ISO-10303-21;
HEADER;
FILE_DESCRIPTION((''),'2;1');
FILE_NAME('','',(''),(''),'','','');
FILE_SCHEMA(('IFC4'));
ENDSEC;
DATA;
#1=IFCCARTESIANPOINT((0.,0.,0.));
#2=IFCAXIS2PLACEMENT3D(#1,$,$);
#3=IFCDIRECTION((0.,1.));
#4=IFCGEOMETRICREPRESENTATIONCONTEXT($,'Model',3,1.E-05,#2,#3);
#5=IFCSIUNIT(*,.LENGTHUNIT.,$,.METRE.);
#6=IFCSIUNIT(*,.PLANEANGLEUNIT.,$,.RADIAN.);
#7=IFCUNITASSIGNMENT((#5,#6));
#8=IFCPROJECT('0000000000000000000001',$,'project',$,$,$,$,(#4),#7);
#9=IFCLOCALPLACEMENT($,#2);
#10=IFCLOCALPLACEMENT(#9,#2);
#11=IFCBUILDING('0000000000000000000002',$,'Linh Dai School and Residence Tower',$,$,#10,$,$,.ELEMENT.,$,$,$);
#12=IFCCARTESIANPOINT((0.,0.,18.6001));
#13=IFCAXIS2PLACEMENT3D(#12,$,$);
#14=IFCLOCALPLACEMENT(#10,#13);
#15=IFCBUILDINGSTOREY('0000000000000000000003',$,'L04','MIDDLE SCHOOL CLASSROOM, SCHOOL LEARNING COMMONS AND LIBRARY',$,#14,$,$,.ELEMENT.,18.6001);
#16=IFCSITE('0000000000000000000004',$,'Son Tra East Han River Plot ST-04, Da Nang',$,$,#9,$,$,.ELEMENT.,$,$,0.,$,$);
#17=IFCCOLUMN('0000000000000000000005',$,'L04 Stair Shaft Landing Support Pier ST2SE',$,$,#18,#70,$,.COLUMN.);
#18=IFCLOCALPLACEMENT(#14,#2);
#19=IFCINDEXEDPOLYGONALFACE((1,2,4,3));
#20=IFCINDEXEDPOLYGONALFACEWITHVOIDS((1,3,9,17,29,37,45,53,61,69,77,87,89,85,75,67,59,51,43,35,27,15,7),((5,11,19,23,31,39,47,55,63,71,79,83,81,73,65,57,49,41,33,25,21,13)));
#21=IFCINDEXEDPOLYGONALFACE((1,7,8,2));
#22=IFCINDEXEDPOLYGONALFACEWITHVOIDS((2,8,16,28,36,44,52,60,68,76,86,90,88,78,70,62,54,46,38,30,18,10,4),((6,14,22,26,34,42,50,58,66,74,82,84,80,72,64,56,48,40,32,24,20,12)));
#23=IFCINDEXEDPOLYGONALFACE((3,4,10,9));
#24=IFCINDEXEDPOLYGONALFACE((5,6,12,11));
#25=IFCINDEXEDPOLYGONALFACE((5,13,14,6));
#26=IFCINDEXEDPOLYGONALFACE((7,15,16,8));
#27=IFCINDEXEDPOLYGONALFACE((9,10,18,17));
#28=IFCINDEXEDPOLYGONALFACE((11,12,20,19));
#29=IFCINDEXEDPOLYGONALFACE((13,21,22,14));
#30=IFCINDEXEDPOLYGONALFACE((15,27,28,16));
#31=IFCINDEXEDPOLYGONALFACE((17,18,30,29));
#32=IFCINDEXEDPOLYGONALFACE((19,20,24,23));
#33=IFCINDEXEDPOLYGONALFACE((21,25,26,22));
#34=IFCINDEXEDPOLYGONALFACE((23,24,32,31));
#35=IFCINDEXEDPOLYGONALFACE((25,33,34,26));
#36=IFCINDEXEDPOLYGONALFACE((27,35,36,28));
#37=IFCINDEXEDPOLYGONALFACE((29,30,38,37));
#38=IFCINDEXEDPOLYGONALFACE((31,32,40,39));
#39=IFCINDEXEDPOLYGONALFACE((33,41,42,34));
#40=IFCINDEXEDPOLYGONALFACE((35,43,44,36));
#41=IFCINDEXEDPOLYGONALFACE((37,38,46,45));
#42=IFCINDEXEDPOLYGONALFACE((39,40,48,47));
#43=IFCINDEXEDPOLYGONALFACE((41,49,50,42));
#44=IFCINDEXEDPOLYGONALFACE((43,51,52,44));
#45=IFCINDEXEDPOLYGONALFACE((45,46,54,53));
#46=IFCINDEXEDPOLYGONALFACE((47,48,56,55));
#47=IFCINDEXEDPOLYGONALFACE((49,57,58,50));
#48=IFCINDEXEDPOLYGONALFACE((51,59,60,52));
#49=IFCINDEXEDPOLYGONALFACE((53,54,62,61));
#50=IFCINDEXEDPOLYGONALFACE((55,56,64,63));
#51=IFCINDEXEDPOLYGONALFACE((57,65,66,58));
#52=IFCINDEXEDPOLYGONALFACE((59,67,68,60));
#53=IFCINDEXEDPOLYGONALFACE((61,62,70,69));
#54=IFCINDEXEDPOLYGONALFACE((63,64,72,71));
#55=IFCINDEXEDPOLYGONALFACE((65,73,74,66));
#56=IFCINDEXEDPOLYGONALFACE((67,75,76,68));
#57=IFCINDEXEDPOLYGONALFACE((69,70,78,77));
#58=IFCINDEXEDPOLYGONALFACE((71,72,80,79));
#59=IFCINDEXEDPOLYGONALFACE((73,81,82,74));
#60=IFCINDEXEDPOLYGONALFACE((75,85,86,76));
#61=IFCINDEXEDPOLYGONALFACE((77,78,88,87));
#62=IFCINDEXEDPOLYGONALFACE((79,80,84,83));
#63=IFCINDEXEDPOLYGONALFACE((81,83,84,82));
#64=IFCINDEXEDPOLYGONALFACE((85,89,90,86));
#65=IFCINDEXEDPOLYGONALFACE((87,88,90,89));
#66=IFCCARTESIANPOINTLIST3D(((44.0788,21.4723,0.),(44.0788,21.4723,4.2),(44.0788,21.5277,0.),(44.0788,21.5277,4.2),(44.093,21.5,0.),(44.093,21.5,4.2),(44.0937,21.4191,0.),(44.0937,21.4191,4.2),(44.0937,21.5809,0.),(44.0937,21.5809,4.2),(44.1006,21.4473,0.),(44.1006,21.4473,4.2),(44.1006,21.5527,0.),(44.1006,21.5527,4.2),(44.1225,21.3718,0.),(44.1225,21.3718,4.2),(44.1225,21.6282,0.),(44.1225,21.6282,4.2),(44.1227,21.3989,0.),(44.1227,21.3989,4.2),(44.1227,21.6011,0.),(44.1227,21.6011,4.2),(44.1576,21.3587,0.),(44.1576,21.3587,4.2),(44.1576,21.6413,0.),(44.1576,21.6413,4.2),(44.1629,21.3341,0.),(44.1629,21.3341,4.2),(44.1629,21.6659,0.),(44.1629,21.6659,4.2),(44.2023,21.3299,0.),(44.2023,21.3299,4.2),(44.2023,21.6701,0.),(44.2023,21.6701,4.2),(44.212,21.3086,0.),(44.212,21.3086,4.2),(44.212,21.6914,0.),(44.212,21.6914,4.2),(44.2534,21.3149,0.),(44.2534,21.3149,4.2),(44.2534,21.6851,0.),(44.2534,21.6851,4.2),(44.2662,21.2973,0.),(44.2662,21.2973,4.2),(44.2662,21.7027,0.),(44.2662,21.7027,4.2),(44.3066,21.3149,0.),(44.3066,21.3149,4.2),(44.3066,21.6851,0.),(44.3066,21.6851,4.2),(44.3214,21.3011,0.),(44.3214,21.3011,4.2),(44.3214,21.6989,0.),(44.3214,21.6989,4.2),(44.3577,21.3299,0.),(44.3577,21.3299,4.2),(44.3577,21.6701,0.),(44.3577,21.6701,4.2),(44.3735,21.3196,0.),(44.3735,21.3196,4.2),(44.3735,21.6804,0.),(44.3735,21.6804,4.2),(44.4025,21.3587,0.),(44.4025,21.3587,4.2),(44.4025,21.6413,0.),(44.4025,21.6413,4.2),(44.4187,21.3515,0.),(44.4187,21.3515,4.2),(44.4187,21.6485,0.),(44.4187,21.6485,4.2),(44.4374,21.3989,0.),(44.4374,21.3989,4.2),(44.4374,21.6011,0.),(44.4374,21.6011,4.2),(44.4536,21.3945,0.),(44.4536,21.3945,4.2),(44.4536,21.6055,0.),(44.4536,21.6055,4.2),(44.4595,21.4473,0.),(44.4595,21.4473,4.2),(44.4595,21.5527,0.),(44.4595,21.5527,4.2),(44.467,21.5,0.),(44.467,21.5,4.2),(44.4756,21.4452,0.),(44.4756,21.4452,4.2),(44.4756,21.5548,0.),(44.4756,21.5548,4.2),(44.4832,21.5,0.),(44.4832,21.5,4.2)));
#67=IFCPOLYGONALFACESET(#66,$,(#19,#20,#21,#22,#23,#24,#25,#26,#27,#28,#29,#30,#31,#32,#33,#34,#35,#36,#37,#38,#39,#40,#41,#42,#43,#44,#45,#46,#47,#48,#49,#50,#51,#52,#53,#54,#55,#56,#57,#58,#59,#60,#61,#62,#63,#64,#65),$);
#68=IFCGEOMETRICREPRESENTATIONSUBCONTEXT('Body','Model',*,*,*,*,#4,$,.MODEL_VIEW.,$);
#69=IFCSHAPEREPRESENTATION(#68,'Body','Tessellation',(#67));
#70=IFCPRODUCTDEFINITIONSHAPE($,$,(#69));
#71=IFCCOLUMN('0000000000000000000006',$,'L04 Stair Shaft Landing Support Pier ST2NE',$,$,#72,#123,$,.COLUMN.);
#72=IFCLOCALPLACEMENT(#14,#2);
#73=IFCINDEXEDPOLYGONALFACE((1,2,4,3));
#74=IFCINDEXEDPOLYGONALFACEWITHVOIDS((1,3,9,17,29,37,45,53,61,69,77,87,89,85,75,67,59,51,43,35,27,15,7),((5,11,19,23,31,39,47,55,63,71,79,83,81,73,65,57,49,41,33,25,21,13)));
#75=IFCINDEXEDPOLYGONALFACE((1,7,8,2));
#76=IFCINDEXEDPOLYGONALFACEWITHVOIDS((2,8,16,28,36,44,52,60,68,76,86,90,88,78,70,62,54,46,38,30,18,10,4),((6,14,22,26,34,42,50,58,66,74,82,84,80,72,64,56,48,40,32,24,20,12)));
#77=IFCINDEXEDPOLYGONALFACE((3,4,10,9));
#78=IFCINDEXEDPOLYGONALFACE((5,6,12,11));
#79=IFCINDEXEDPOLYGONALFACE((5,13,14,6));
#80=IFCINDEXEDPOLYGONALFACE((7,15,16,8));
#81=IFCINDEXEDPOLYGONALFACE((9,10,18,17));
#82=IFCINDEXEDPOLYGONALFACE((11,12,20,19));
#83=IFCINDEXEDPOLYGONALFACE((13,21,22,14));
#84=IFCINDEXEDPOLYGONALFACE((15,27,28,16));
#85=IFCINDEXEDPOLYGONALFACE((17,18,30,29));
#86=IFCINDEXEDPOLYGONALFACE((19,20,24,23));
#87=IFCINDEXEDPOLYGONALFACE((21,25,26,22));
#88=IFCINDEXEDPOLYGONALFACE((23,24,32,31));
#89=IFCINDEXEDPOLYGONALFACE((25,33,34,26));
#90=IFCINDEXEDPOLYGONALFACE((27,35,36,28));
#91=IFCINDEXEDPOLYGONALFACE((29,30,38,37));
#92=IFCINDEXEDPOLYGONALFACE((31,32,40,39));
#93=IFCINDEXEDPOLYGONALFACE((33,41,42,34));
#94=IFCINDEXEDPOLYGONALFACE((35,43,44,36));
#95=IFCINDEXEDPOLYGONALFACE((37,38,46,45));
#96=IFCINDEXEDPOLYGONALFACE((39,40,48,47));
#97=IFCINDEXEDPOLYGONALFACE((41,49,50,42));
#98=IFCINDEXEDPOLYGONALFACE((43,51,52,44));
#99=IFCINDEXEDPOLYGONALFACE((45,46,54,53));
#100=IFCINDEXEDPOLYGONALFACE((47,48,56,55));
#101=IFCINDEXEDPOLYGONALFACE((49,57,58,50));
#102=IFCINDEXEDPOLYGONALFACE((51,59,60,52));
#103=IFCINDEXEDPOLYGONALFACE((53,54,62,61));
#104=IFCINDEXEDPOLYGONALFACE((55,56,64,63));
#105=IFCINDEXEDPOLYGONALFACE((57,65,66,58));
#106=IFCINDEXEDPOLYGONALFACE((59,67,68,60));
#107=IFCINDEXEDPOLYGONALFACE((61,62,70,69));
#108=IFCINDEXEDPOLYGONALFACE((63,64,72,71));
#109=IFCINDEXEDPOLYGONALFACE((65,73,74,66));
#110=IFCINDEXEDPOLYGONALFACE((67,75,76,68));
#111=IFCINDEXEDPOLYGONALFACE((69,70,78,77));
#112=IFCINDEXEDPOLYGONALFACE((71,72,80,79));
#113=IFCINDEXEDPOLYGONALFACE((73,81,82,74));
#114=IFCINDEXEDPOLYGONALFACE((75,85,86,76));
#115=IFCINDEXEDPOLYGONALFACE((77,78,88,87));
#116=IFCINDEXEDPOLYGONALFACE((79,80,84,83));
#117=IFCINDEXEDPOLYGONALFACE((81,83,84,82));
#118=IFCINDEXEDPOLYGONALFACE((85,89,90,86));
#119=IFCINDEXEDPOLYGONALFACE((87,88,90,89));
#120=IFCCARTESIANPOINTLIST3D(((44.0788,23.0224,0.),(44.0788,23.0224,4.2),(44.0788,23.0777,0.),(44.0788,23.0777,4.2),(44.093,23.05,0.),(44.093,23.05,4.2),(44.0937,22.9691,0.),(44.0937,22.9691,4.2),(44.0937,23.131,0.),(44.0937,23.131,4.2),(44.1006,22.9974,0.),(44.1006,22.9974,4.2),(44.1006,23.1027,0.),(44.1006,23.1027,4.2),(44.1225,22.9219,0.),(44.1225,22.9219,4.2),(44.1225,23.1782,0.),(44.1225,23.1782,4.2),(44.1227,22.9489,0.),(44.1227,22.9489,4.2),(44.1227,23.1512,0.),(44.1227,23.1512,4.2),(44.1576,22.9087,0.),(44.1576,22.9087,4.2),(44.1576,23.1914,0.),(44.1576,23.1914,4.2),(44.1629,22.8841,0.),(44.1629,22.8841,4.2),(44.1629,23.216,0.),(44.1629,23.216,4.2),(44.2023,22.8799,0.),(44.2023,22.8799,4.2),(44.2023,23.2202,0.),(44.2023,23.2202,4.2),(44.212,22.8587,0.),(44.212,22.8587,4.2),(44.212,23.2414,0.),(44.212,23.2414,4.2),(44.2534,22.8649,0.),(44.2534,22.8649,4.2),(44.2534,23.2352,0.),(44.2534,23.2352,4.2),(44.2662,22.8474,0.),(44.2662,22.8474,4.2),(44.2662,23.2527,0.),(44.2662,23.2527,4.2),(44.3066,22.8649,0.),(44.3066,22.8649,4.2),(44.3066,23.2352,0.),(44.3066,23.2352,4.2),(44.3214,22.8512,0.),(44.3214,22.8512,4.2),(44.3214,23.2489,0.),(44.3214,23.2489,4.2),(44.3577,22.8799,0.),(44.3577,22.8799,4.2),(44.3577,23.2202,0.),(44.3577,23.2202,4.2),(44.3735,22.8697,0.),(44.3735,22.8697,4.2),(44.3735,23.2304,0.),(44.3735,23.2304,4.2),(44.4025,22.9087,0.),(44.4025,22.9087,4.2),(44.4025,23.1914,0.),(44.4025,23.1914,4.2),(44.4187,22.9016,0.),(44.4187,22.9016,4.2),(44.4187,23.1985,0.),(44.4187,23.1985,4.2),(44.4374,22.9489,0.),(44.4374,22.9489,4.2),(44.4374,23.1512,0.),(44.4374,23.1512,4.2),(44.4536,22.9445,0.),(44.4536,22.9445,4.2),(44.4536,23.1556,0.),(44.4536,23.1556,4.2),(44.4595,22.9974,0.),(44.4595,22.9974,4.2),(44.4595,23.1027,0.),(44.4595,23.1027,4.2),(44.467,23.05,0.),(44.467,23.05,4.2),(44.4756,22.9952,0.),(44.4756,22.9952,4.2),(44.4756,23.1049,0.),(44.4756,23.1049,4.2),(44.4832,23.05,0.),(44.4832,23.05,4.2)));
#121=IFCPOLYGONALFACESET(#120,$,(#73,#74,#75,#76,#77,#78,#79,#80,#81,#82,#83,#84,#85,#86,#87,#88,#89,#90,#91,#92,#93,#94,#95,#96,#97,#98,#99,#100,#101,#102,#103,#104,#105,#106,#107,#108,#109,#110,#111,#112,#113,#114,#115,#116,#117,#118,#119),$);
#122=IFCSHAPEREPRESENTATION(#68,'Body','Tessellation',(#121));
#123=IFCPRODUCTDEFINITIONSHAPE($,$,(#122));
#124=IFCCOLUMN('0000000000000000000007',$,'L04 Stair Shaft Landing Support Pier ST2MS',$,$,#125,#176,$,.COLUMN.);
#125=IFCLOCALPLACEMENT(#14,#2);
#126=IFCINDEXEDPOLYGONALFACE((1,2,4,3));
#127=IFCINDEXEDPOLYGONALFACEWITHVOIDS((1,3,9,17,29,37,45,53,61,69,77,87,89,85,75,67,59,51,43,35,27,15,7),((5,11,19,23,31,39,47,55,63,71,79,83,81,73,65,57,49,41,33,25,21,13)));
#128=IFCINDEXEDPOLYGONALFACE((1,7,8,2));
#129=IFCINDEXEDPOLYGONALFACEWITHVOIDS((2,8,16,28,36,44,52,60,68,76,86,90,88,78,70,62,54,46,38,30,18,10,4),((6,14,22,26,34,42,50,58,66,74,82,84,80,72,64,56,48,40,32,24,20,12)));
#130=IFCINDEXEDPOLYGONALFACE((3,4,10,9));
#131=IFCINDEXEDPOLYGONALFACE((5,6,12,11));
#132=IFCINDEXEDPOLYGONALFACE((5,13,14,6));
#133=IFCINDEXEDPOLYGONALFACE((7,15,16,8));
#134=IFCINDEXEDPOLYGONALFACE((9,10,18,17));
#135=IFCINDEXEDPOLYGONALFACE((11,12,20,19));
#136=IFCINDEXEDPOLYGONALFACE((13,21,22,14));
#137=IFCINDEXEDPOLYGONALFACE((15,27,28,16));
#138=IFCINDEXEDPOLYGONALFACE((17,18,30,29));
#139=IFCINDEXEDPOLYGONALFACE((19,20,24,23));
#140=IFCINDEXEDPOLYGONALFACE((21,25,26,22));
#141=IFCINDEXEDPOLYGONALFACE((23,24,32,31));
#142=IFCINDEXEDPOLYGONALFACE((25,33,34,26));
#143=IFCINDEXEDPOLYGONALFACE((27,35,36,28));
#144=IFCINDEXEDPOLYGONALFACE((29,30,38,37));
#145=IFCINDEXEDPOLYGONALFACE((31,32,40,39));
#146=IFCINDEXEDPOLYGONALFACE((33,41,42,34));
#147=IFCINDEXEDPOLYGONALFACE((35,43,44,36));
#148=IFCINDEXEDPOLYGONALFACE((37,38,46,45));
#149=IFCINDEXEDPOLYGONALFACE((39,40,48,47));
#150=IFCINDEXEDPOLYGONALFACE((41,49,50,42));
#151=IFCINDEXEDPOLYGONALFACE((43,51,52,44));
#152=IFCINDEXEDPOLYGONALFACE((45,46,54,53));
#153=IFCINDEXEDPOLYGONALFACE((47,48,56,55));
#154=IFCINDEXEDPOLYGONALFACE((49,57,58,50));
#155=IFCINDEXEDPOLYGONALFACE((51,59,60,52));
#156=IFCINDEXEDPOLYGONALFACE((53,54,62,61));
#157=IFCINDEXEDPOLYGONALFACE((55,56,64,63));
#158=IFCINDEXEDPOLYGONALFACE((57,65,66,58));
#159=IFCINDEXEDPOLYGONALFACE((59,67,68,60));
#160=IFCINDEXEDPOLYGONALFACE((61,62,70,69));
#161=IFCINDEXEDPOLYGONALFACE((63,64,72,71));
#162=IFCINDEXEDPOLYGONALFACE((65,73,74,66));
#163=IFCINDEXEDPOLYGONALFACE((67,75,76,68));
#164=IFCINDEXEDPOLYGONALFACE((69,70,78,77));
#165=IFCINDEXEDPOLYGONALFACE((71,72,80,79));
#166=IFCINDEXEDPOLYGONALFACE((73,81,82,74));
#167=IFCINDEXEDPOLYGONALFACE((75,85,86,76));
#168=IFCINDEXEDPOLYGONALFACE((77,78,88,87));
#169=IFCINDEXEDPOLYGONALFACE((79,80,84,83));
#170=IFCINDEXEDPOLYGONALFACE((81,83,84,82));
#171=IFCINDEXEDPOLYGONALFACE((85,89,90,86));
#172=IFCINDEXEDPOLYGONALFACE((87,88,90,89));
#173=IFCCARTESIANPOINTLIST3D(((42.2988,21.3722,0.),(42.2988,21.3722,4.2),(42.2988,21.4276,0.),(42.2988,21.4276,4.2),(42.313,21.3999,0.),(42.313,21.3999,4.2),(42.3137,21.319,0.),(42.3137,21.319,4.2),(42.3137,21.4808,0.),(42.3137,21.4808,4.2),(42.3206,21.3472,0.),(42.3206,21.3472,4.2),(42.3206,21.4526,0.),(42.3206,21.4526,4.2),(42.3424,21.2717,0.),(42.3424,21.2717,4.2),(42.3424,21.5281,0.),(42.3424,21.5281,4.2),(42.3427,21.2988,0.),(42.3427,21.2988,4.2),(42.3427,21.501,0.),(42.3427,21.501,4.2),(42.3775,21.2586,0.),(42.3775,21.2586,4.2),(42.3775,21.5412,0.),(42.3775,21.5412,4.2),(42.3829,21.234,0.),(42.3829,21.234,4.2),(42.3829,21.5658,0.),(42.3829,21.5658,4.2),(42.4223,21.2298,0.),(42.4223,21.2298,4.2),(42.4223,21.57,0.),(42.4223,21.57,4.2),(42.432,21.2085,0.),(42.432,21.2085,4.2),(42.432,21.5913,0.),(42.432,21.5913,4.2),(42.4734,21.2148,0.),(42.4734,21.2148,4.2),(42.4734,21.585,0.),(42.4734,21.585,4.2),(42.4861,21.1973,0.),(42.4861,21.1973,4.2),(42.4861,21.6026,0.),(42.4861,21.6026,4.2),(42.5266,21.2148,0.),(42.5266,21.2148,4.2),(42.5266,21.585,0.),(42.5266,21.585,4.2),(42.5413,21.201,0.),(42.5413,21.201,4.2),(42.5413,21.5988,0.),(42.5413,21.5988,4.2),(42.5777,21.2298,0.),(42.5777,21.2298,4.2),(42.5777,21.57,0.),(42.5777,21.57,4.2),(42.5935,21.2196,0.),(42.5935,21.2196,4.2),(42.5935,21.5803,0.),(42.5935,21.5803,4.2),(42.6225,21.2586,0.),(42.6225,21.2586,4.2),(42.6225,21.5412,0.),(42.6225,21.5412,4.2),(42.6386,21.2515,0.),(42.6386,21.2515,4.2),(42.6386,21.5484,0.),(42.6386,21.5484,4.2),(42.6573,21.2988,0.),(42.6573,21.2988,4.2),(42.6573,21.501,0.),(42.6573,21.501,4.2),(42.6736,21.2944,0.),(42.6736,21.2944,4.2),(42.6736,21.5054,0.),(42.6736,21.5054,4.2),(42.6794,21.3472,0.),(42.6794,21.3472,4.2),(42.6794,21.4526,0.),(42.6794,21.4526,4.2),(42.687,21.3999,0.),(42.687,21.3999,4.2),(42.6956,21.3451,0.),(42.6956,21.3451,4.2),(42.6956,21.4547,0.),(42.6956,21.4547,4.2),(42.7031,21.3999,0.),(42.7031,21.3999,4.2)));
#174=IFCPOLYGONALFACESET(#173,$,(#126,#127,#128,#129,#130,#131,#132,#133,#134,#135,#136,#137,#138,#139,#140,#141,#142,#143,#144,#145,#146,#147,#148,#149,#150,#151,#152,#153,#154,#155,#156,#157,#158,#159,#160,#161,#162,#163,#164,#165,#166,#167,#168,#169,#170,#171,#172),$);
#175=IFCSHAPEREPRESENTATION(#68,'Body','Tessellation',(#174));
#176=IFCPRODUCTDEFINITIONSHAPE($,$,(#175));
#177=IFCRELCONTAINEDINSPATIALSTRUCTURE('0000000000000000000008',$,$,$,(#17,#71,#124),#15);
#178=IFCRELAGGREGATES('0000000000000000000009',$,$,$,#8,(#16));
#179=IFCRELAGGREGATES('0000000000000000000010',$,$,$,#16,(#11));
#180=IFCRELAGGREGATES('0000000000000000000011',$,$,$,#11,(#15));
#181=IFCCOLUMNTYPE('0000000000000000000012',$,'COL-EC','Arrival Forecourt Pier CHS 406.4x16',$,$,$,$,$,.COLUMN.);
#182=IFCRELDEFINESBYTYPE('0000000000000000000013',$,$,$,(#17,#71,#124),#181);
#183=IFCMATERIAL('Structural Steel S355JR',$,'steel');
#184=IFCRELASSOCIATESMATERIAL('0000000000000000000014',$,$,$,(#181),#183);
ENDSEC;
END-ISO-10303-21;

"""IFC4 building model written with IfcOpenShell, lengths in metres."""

from ifc_helpers import new_model, si_unit, direction, frame, origin, origin_2d, place, context, subcontext, project, spatial, hollow_circle, extrude, material, material_profile, profile_set, type_object, element, save


model = new_model("IFC4")

# Units and contexts
model_context = context("Model", 3, precision=1e-05, world=origin(), true_north=direction((0.0, 1.0)))
body_context = subcontext(model_context, "Body", "Model", "MODEL_VIEW")
ifc_project = project(units=[si_unit("LENGTHUNIT", "METRE"), si_unit("PLANEANGLEUNIT", "RADIAN")], contexts=[model_context])

# Site, building, storey
site_placement = place(None, origin())
site = spatial("IfcSite", under=ifc_project, at=site_placement, Name="Son Tra East Han River Plot ST-04, Da Nang", CompositionType="ELEMENT", RefElevation=0.0)
building_placement = place(site_placement, origin())
building = spatial("IfcBuilding", under=site, at=building_placement, Name="Linh Dai School and Residence Tower", CompositionType="ELEMENT")
storey_placement = place(building_placement, frame((0.0, 0.0, 18.6001)))
storey = spatial("IfcBuildingStorey", under=building, at=storey_placement, Name="L04", Description="MIDDLE SCHOOL CLASSROOM, SCHOOL LEARNING COMMONS AND LIBRARY", CompositionType="ELEMENT", Elevation=18.6001)

# Columns
ifc_material_1 = material(Name="Structural Steel S355JR", Category="steel")
ifc_material_profile_1 = material_profile(ifc_material_1, hollow_circle(Radius=0.2031, WallThickness=0.0161, at=origin_2d()), Name="CHS 406.4x16")
ifc_profile_set_1 = profile_set([ifc_material_profile_1], Name="Structural Steel S355JR")
column_type_1 = type_object("IfcColumnType", Name="COL-EC", Description="Arrival Forecourt Pier CHS 406.4x16", PredefinedType="COLUMN", material=ifc_profile_set_1)
for number, where, z_axis, x_axis, name in (
    (1, (44.28, 21.5, 0.0), (0.0, 0.0, 1.0), (1.0, 0.0, 0.0), "L04 Stair Shaft Landing Support Pier ST2SE"),
    (2, (44.28, 23.05, 0.0), (0.0, 0.0, 1.0), (1.0, 0.0, 0.0), "L04 Stair Shaft Landing Support Pier ST2NE"),
    (3, (42.5, 21.3999, 0.0), (0.0, 0.0, 1.0), (1.0, 0.0, 0.0), "L04 Stair Shaft Landing Support Pier ST2MS"),
):
    element("IfcColumn", number, at=place(storey_placement, frame(where, z_axis=z_axis, x_axis=x_axis)), inside=storey, type_object=column_type_1, Name=name, PredefinedType="COLUMN", context=body_context, shape_type="SweptSolid", body=[
        extrude(hollow_circle(Radius=0.2031, WallThickness=0.0161, at=origin_2d()), origin(), (0.0, 0.0, 1.0), 4.2),
    ])

save(model, "model.ifc")
